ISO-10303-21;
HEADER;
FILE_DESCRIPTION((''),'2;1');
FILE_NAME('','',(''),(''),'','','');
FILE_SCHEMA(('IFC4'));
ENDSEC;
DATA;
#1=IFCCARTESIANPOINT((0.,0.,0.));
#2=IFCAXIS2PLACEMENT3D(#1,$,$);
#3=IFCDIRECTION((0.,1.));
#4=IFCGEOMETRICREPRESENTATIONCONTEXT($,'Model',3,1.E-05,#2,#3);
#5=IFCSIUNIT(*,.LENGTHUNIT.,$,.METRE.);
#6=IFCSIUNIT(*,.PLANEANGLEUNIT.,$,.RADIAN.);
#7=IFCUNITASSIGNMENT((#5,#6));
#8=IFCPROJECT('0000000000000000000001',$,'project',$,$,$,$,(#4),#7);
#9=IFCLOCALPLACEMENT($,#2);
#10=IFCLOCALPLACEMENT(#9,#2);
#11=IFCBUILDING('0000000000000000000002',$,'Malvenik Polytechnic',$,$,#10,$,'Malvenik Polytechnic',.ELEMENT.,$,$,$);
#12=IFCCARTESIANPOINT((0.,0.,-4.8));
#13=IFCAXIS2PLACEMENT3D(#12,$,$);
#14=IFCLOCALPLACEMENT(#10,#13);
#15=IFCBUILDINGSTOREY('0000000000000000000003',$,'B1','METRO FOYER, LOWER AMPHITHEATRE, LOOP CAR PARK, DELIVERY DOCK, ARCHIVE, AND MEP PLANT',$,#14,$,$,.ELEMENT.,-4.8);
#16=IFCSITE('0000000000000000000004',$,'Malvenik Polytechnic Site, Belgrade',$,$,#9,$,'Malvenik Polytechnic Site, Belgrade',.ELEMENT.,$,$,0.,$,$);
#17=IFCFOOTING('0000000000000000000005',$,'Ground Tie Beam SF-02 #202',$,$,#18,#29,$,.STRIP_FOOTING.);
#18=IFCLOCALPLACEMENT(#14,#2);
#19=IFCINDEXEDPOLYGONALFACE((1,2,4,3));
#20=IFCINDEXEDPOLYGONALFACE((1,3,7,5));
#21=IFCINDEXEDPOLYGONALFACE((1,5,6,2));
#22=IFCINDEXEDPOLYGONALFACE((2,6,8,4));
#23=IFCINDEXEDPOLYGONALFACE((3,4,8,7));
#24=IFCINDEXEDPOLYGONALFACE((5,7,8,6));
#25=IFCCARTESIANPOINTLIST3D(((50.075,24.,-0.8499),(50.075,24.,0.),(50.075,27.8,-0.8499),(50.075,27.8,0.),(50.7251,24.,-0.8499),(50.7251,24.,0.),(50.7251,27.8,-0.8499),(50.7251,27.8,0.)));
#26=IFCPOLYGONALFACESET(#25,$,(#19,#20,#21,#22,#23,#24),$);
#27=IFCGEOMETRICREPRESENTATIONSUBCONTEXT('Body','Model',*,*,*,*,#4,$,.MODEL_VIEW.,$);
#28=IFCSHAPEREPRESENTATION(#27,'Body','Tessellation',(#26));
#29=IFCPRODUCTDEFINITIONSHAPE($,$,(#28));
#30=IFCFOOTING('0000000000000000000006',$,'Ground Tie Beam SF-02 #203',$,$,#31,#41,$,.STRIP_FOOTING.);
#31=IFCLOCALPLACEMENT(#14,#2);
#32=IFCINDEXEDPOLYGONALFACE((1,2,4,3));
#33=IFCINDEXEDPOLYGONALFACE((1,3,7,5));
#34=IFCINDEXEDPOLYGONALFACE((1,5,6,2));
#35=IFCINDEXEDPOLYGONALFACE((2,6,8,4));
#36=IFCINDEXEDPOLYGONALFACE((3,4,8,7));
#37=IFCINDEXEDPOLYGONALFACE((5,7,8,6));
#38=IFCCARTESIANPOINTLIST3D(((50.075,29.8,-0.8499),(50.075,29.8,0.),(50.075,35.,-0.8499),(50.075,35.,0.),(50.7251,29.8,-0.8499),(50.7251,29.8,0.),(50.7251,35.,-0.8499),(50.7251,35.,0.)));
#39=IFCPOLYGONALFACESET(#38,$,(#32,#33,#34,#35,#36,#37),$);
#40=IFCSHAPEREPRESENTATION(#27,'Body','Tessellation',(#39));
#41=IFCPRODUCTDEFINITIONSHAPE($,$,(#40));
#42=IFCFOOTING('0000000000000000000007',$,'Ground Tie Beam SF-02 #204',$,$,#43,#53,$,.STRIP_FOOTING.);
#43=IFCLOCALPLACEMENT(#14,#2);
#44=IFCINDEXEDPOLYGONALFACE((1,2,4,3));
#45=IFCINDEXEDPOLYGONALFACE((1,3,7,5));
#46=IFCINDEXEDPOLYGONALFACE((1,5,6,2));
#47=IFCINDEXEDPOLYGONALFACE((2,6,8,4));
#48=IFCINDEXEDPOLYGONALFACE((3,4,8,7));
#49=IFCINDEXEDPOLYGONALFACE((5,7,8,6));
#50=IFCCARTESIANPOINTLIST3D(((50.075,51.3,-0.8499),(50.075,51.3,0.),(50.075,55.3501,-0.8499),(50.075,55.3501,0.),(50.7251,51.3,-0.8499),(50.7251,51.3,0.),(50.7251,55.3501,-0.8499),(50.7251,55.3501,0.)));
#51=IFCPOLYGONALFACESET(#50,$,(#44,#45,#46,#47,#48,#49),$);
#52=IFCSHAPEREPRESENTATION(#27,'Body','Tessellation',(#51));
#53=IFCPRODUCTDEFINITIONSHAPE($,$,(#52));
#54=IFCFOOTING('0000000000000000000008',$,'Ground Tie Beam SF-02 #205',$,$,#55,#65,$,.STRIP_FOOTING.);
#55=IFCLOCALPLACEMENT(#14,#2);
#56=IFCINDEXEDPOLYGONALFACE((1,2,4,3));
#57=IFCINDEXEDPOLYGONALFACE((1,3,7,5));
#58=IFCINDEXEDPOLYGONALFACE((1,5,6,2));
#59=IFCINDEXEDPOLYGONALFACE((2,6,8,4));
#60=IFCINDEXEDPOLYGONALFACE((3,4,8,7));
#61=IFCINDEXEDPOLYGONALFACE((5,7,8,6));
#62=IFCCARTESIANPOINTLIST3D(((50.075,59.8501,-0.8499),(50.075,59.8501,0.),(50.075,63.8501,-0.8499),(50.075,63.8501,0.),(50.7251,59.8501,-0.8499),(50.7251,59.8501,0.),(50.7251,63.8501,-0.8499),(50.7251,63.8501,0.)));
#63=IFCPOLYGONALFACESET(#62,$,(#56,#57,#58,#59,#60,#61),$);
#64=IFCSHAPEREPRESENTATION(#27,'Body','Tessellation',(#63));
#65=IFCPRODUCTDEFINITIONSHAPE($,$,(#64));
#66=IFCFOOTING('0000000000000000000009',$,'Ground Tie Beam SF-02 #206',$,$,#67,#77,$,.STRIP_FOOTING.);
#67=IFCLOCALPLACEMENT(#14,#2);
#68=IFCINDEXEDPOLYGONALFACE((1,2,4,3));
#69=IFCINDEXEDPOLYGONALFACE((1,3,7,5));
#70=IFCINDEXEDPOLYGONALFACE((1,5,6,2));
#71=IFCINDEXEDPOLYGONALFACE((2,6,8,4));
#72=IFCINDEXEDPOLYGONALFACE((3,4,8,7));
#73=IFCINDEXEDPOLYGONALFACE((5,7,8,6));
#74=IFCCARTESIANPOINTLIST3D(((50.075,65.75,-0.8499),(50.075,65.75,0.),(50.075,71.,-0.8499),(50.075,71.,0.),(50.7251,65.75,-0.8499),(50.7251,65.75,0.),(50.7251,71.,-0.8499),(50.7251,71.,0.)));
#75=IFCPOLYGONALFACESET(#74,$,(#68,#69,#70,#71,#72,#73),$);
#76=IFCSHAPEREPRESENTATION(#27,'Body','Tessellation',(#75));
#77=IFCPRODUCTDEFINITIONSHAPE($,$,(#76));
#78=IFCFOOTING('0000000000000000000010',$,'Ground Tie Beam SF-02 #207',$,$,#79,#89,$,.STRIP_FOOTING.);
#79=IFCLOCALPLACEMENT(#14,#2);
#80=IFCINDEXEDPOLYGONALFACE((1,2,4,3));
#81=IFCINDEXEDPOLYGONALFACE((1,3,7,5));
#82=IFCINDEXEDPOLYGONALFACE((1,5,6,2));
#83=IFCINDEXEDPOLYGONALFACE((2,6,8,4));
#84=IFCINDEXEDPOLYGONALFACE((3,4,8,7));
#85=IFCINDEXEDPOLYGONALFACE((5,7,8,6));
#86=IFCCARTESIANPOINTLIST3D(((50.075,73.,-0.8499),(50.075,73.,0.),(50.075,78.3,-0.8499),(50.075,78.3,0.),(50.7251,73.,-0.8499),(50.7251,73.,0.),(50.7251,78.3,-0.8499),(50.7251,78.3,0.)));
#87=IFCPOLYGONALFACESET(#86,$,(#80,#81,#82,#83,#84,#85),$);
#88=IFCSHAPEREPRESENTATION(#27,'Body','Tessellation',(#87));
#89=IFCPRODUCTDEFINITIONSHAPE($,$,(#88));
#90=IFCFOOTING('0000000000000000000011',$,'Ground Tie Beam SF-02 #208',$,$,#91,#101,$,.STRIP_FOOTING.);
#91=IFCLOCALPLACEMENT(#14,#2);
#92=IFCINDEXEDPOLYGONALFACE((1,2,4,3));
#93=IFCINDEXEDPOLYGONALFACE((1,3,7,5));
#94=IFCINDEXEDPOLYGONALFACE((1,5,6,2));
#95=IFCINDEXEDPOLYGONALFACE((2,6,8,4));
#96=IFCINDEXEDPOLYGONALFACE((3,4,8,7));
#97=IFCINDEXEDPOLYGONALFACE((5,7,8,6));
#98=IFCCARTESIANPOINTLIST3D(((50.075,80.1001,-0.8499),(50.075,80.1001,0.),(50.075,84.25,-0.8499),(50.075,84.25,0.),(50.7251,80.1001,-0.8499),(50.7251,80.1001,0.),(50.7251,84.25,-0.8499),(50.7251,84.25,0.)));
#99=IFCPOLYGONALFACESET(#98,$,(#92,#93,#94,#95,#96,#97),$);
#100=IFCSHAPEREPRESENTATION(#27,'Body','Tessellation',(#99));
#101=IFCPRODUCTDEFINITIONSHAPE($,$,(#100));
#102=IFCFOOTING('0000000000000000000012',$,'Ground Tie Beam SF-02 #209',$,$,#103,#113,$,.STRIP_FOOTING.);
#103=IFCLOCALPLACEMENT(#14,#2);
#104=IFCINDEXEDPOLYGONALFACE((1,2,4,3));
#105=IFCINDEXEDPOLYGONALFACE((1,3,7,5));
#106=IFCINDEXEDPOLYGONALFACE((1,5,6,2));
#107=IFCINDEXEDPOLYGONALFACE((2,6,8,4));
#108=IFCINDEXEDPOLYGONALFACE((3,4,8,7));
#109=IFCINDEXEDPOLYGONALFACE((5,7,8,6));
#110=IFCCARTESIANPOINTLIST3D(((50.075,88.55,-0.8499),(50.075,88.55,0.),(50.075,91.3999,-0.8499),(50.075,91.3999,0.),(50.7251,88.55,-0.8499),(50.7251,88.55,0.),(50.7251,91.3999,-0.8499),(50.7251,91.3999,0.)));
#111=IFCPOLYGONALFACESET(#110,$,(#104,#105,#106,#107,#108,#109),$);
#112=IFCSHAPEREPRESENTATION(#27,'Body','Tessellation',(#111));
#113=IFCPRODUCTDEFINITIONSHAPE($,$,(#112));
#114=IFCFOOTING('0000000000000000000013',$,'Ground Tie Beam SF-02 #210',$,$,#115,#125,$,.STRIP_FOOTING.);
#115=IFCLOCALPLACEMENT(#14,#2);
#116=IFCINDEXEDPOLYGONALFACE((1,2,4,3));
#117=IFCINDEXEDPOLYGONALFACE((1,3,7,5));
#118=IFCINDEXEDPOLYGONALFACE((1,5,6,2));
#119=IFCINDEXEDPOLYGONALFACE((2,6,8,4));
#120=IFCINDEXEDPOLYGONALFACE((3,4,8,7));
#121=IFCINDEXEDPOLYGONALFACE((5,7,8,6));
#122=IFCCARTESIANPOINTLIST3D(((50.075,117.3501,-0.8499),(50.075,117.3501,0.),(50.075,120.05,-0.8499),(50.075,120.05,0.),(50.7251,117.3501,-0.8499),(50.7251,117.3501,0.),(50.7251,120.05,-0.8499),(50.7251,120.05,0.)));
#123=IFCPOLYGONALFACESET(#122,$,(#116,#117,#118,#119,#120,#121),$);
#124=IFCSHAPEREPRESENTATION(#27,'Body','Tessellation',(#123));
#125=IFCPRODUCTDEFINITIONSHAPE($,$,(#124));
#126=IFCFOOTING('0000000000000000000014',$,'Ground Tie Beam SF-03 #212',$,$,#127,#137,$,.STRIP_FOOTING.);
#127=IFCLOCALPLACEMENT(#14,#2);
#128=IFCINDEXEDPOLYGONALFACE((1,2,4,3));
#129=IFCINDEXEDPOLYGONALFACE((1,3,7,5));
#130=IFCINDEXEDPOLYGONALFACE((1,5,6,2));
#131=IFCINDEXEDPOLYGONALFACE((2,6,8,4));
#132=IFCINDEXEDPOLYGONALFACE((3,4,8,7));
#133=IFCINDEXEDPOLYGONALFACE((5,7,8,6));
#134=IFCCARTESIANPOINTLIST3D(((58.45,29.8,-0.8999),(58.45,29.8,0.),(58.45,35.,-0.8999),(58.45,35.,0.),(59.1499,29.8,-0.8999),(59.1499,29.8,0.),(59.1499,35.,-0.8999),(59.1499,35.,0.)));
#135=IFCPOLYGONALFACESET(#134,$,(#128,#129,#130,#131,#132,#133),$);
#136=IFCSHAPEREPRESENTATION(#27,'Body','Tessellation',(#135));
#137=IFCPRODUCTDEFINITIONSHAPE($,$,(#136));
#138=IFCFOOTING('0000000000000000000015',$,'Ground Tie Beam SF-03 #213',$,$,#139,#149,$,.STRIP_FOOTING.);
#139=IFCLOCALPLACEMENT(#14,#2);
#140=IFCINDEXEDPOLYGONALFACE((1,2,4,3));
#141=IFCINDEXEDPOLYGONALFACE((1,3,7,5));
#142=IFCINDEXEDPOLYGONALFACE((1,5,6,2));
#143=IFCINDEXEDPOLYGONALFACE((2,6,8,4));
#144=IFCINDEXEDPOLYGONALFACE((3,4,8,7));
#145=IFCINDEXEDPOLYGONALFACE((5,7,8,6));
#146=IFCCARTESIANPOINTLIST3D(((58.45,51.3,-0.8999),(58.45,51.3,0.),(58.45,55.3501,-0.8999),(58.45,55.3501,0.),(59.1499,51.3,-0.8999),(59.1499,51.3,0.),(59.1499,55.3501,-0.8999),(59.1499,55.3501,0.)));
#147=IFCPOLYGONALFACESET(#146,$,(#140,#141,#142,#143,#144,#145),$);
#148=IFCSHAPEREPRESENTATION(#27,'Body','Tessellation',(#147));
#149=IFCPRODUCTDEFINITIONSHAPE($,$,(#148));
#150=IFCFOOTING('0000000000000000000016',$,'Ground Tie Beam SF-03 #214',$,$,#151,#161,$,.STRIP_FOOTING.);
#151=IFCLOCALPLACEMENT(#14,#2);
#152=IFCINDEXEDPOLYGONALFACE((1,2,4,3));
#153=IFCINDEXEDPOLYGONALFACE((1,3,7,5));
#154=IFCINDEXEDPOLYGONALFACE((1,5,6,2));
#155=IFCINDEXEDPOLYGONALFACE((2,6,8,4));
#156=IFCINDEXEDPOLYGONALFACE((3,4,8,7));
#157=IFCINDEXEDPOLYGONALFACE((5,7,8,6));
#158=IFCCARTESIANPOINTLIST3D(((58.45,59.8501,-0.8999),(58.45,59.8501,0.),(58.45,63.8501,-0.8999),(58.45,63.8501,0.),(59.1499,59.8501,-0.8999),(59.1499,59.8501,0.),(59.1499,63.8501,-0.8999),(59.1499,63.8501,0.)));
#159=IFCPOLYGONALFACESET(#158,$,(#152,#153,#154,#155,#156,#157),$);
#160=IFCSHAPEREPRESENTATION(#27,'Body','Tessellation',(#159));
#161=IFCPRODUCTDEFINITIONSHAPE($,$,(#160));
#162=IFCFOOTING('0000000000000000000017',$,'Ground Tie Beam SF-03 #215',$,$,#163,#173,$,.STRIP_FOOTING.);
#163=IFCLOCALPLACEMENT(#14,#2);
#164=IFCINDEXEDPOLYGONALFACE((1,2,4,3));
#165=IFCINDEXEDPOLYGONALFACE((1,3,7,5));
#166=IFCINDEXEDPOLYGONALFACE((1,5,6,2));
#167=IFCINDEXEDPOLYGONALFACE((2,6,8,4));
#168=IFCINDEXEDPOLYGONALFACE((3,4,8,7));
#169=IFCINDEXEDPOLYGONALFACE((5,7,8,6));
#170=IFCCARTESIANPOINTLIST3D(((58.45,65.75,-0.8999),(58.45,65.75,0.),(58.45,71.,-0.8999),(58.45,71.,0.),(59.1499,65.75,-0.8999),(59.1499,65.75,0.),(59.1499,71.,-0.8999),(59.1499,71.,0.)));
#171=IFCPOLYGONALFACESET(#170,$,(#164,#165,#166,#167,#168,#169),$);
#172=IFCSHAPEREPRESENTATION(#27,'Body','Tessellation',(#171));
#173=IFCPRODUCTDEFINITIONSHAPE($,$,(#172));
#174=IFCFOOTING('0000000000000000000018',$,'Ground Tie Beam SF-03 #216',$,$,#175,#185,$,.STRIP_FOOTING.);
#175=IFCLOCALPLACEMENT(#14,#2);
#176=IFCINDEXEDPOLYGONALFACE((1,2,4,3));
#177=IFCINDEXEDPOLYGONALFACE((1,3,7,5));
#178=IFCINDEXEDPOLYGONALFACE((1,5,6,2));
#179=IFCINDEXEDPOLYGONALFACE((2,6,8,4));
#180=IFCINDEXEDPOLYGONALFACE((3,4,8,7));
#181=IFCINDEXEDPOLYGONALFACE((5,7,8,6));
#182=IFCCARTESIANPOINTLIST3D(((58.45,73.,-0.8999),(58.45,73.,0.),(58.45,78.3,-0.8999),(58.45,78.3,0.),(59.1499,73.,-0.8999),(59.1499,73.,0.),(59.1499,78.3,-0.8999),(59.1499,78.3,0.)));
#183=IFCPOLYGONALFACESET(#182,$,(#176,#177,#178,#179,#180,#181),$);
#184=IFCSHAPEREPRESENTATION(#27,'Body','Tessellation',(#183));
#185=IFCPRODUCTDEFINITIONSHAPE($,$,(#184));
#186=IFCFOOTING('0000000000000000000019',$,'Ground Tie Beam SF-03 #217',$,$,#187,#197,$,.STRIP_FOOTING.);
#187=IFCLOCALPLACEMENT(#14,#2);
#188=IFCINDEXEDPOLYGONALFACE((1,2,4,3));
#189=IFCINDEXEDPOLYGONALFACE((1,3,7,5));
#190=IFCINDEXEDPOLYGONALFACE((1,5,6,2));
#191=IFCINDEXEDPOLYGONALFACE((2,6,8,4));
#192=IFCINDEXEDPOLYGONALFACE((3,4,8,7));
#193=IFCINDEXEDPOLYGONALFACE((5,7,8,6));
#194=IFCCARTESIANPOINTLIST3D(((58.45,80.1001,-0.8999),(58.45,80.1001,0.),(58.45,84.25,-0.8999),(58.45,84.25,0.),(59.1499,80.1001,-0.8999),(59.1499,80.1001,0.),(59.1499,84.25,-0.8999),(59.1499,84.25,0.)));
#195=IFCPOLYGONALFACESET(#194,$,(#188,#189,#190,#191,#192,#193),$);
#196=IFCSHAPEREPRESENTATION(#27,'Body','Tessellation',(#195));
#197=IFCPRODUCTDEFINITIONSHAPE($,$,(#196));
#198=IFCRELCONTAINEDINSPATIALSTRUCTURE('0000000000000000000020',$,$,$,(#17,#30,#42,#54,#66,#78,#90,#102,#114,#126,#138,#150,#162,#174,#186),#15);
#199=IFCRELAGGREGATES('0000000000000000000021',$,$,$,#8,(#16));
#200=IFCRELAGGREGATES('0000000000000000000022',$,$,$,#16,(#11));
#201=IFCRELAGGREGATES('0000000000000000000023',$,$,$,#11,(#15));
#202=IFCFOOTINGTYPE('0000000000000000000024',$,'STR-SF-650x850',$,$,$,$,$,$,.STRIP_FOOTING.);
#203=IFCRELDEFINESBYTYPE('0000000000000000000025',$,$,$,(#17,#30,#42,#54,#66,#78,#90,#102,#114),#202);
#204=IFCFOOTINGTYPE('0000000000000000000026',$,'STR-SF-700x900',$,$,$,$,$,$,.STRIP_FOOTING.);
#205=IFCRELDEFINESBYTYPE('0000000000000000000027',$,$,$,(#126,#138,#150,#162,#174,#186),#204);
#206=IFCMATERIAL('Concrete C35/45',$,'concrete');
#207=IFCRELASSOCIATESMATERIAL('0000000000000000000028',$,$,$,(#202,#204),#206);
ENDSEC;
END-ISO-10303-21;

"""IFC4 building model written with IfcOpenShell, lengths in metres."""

from ifc_helpers import new_model, si_unit, direction, frame, origin, place, context, subcontext, project, spatial, polyline, outline, extrude, material, type_object, element, save


model = new_model("IFC4")

# Units and contexts
model_context = context("Model", 3, precision=1e-05, world=origin(), true_north=direction((0.0, 1.0)))
body_context = subcontext(model_context, "Body", "Model", "MODEL_VIEW")
ifc_project = project(units=[si_unit("LENGTHUNIT", "METRE"), si_unit("PLANEANGLEUNIT", "RADIAN")], contexts=[model_context])

# Site, building, storey
site_placement = place(None, origin())
site = spatial("IfcSite", under=ifc_project, at=site_placement, Name="Malvenik Polytechnic Site, Belgrade", LongName="Malvenik Polytechnic Site, Belgrade", CompositionType="ELEMENT", RefElevation=0.0)
building_placement = place(site_placement, origin())
building = spatial("IfcBuilding", under=site, at=building_placement, Name="Malvenik Polytechnic", LongName="Malvenik Polytechnic", CompositionType="ELEMENT")
storey_placement = place(building_placement, frame((0.0, 0.0, -4.8)))
storey = spatial("IfcBuildingStorey", under=building, at=storey_placement, Name="B1", Description="METRO FOYER, LOWER AMPHITHEATRE, LOOP CAR PARK, DELIVERY DOCK, ARCHIVE, AND MEP PLANT", CompositionType="ELEMENT", Elevation=-4.8)

# Footings
ifc_material = material(Name="Concrete C35/45", Category="concrete")
footing_type_1 = type_object("IfcFootingType", Name="STR-SF-650x850", PredefinedType="STRIP_FOOTING", material=ifc_material)
footing_1_placement = place(storey_placement, frame((0.0, 0.0, -0.8499)))
element("IfcFooting", 1, at=footing_1_placement, inside=storey, type_object=footing_type_1, Name="Ground Tie Beam SF-02 #202", PredefinedType="STRIP_FOOTING", context=body_context, shape_type="SweptSolid", body=[
    extrude(outline(polyline([(50.075, 24.0), (50.7251, 24.0), (50.7251, 27.8), (50.075, 27.8), (50.075, 24.0)])), origin(), (0.0, 0.0, 1.0), 0.8499),
])
footing_2_placement = place(storey_placement, frame((0.0, 0.0, -0.8499)))
element("IfcFooting", 2, at=footing_2_placement, inside=storey, type_object=footing_type_1, Name="Ground Tie Beam SF-02 #203", PredefinedType="STRIP_FOOTING", context=body_context, shape_type="SweptSolid", body=[
    extrude(outline(polyline([(50.075, 29.8), (50.7251, 29.8), (50.7251, 35.0), (50.075, 35.0), (50.075, 29.8)])), origin(), (0.0, 0.0, 1.0), 0.8499),
])
footing_3_placement = place(storey_placement, frame((0.0, 0.0, -0.8499)))
element("IfcFooting", 3, at=footing_3_placement, inside=storey, type_object=footing_type_1, Name="Ground Tie Beam SF-02 #204", PredefinedType="STRIP_FOOTING", context=body_context, shape_type="SweptSolid", body=[
    extrude(outline(polyline([(50.075, 51.3), (50.7251, 51.3), (50.7251, 55.3501), (50.075, 55.3501), (50.075, 51.3)])), origin(), (0.0, 0.0, 1.0), 0.8499),
])
footing_4_placement = place(storey_placement, frame((0.0, 0.0, -0.8499)))
element("IfcFooting", 4, at=footing_4_placement, inside=storey, type_object=footing_type_1, Name="Ground Tie Beam SF-02 #205", PredefinedType="STRIP_FOOTING", context=body_context, shape_type="SweptSolid", body=[
    extrude(outline(polyline([(50.075, 59.8501), (50.7251, 59.8501), (50.7251, 63.8501), (50.075, 63.8501), (50.075, 59.8501)])), origin(), (0.0, 0.0, 1.0), 0.8499),
])
footing_5_placement = place(storey_placement, frame((0.0, 0.0, -0.8499)))
element("IfcFooting", 5, at=footing_5_placement, inside=storey, type_object=footing_type_1, Name="Ground Tie Beam SF-02 #206", PredefinedType="STRIP_FOOTING", context=body_context, shape_type="SweptSolid", body=[
    extrude(outline(polyline([(50.075, 65.75), (50.7251, 65.75), (50.7251, 71.0), (50.075, 71.0), (50.075, 65.75)])), origin(), (0.0, 0.0, 1.0), 0.8499),
])
footing_6_placement = place(storey_placement, frame((0.0, 0.0, -0.8499)))
element("IfcFooting", 6, at=footing_6_placement, inside=storey, type_object=footing_type_1, Name="Ground Tie Beam SF-02 #207", PredefinedType="STRIP_FOOTING", context=body_context, shape_type="SweptSolid", body=[
    extrude(outline(polyline([(50.075, 73.0), (50.7251, 73.0), (50.7251, 78.3), (50.075, 78.3), (50.075, 73.0)])), origin(), (0.0, 0.0, 1.0), 0.8499),
])
footing_7_placement = place(storey_placement, frame((0.0, 0.0, -0.8499)))
element("IfcFooting", 7, at=footing_7_placement, inside=storey, type_object=footing_type_1, Name="Ground Tie Beam SF-02 #208", PredefinedType="STRIP_FOOTING", context=body_context, shape_type="SweptSolid", body=[
    extrude(outline(polyline([(50.075, 80.1001), (50.7251, 80.1001), (50.7251, 84.25), (50.075, 84.25), (50.075, 80.1001)])), origin(), (0.0, 0.0, 1.0), 0.8499),
])
footing_8_placement = place(storey_placement, frame((0.0, 0.0, -0.8499)))
element("IfcFooting", 8, at=footing_8_placement, inside=storey, type_object=footing_type_1, Name="Ground Tie Beam SF-02 #209", PredefinedType="STRIP_FOOTING", context=body_context, shape_type="SweptSolid", body=[
    extrude(outline(polyline([(50.075, 88.55), (50.7251, 88.55), (50.7251, 91.3999), (50.075, 91.3999), (50.075, 88.55)])), origin(), (0.0, 0.0, 1.0), 0.8499),
])
footing_9_placement = place(storey_placement, frame((0.0, 0.0, -0.8499)))
element("IfcFooting", 9, at=footing_9_placement, inside=storey, type_object=footing_type_1, Name="Ground Tie Beam SF-02 #210", PredefinedType="STRIP_FOOTING", context=body_context, shape_type="SweptSolid", body=[
    extrude(outline(polyline([(50.075, 117.3501), (50.7251, 117.3501), (50.7251, 120.05), (50.075, 120.05), (50.075, 117.3501)])), origin(), (0.0, 0.0, 1.0), 0.8499),
])
footing_type_2 = type_object("IfcFootingType", Name="STR-SF-700x900", PredefinedType="STRIP_FOOTING", material=ifc_material)
footing_10_placement = place(storey_placement, frame((0.0, 0.0, -0.8999)))
element("IfcFooting", 10, at=footing_10_placement, inside=storey, type_object=footing_type_2, Name="Ground Tie Beam SF-03 #212", PredefinedType="STRIP_FOOTING", context=body_context, shape_type="SweptSolid", body=[
    extrude(outline(polyline([(58.45, 29.8), (59.1499, 29.8), (59.1499, 35.0), (58.45, 35.0), (58.45, 29.8)])), origin(), (0.0, 0.0, 1.0), 0.8999),
])
footing_11_placement = place(storey_placement, frame((0.0, 0.0, -0.8999)))
element("IfcFooting", 11, at=footing_11_placement, inside=storey, type_object=footing_type_2, Name="Ground Tie Beam SF-03 #213", PredefinedType="STRIP_FOOTING", context=body_context, shape_type="SweptSolid", body=[
    extrude(outline(polyline([(58.45, 51.3), (59.1499, 51.3), (59.1499, 55.3501), (58.45, 55.3501), (58.45, 51.3)])), origin(), (0.0, 0.0, 1.0), 0.8999),
])
footing_12_placement = place(storey_placement, frame((0.0, 0.0, -0.8999)))
element("IfcFooting", 12, at=footing_12_placement, inside=storey, type_object=footing_type_2, Name="Ground Tie Beam SF-03 #214", PredefinedType="STRIP_FOOTING", context=body_context, shape_type="SweptSolid", body=[
    extrude(outline(polyline([(58.45, 59.8501), (59.1499, 59.8501), (59.1499, 63.8501), (58.45, 63.8501), (58.45, 59.8501)])), origin(), (0.0, 0.0, 1.0), 0.8999),
])
footing_13_placement = place(storey_placement, frame((0.0, 0.0, -0.8999)))
element("IfcFooting", 13, at=footing_13_placement, inside=storey, type_object=footing_type_2, Name="Ground Tie Beam SF-03 #215", PredefinedType="STRIP_FOOTING", context=body_context, shape_type="SweptSolid", body=[
    extrude(outline(polyline([(58.45, 65.75), (59.1499, 65.75), (59.1499, 71.0), (58.45, 71.0), (58.45, 65.75)])), origin(), (0.0, 0.0, 1.0), 0.8999),
])
footing_14_placement = place(storey_placement, frame((0.0, 0.0, -0.8999)))
element("IfcFooting", 14, at=footing_14_placement, inside=storey, type_object=footing_type_2, Name="Ground Tie Beam SF-03 #216", PredefinedType="STRIP_FOOTING", context=body_context, shape_type="SweptSolid", body=[
    extrude(outline(polyline([(58.45, 73.0), (59.1499, 73.0), (59.1499, 78.3), (58.45, 78.3), (58.45, 73.0)])), origin(), (0.0, 0.0, 1.0), 0.8999),
])
footing_15_placement = place(storey_placement, frame((0.0, 0.0, -0.8999)))
element("IfcFooting", 15, at=footing_15_placement, inside=storey, type_object=footing_type_2, Name="Ground Tie Beam SF-03 #217", PredefinedType="STRIP_FOOTING", context=body_context, shape_type="SweptSolid", body=[
    extrude(outline(polyline([(58.45, 80.1001), (59.1499, 80.1001), (59.1499, 84.25), (58.45, 84.25), (58.45, 80.1001)])), origin(), (0.0, 0.0, 1.0), 0.8999),
])

save(model, "model.ifc")
